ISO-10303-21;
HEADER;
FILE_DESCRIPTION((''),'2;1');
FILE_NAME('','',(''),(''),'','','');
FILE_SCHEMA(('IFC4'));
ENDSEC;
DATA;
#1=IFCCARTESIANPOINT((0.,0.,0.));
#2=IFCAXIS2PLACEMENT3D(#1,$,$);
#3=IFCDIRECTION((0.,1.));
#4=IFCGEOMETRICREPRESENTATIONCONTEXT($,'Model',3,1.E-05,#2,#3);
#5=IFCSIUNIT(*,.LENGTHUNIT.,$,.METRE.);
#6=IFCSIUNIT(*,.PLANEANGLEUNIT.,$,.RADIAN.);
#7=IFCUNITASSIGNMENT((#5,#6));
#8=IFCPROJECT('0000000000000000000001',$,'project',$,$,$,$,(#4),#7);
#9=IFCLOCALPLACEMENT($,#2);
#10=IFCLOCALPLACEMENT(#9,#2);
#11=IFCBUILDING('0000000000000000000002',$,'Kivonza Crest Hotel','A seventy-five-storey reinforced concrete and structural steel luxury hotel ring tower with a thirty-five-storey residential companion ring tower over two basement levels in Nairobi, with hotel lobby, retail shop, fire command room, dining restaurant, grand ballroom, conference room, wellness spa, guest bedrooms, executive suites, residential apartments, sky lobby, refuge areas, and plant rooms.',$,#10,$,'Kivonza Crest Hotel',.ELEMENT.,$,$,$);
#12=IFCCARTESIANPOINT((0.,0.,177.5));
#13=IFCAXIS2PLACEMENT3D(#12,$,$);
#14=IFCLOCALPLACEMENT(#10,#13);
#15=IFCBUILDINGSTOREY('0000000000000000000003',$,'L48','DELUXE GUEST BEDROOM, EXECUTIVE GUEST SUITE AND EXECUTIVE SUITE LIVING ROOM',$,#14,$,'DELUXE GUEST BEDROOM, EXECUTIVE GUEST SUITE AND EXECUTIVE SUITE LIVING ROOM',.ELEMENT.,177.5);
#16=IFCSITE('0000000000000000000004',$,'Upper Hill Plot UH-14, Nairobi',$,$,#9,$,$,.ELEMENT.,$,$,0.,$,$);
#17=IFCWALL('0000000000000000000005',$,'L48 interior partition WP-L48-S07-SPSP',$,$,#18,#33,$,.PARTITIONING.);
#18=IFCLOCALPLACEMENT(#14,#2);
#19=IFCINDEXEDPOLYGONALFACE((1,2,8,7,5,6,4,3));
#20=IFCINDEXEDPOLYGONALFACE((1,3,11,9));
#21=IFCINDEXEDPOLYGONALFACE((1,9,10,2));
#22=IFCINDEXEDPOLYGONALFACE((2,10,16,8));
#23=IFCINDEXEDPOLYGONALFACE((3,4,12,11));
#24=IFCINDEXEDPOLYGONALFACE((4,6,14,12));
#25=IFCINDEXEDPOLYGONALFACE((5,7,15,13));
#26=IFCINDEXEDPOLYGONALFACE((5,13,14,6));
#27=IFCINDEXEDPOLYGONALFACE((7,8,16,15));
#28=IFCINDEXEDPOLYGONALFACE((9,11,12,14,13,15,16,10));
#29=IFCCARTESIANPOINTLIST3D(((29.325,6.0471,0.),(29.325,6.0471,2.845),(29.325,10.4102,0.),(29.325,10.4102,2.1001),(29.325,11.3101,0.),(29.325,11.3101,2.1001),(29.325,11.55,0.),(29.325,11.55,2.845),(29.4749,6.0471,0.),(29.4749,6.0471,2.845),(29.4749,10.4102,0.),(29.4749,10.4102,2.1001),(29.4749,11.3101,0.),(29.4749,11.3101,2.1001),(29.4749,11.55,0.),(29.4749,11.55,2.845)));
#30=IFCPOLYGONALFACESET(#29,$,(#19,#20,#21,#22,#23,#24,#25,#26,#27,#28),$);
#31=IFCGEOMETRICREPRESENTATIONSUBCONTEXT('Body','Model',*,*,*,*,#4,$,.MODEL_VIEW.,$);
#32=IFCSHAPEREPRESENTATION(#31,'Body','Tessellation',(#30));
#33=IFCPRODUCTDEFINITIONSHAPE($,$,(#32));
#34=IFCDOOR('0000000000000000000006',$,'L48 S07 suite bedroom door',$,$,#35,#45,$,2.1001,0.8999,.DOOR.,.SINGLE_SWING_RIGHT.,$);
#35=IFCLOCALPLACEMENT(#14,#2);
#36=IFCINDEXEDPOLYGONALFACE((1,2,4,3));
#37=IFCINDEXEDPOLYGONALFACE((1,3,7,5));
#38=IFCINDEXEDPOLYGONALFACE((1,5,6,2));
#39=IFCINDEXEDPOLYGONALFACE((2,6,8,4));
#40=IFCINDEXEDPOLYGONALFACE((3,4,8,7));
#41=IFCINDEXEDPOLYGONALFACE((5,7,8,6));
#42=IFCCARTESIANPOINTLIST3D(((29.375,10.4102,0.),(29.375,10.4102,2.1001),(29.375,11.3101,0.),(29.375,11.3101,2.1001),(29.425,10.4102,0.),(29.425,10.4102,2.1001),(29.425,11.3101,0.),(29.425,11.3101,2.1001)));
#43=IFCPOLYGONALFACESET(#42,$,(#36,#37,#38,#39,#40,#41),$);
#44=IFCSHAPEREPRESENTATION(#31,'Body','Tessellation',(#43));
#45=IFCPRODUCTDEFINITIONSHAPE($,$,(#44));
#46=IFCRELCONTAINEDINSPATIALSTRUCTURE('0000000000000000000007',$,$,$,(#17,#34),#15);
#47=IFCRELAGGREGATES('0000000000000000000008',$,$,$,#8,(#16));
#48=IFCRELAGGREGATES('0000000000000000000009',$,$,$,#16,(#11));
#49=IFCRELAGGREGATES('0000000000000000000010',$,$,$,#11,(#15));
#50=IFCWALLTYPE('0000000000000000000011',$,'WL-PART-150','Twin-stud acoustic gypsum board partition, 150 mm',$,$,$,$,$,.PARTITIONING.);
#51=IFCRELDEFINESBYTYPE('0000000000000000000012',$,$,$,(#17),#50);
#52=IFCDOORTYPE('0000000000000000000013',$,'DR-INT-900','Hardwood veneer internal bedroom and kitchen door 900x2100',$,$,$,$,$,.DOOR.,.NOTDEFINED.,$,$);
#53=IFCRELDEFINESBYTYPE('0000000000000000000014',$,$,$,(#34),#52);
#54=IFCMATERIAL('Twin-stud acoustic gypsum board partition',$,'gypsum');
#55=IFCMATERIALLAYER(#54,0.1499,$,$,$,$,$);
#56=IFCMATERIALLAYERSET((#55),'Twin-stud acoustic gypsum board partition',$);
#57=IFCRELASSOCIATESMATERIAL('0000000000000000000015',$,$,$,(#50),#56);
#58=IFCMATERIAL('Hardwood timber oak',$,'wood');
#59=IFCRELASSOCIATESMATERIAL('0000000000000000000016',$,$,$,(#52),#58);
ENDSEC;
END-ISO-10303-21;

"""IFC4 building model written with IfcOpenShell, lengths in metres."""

from ifc_helpers import new_model, si_unit, direction, frame, frame_2d, origin, place, context, subcontext, project, spatial, rectangle, extrude, material, layer, layer_set, type_object, element, fill, save


model = new_model("IFC4")

# Units and contexts
model_context = context("Model", 3, precision=1e-05, world=origin(), true_north=direction((0.0, 1.0)))
body_context = subcontext(model_context, "Body", "Model", "MODEL_VIEW")
ifc_project = project(units=[si_unit("LENGTHUNIT", "METRE"), si_unit("PLANEANGLEUNIT", "RADIAN")], contexts=[model_context])

# Site, building, storey
site_placement = place(None, origin())
site = spatial("IfcSite", under=ifc_project, at=site_placement, Name="Upper Hill Plot UH-14, Nairobi", CompositionType="ELEMENT", RefElevation=0.0)
building_placement = place(site_placement, origin())
building = spatial("IfcBuilding", under=site, at=building_placement, Name="Kivonza Crest Hotel", Description="A seventy-five-storey reinforced concrete and structural steel luxury hotel ring tower with a thirty-five-storey residential companion ring tower over two basement levels in Nairobi, with hotel lobby, retail shop, fire command room, dining restaurant, grand ballroom, conference room, wellness spa, guest bedrooms, executive suites, residential apartments, sky lobby, refuge areas, and plant rooms.", LongName="Kivonza Crest Hotel", CompositionType="ELEMENT")
storey_placement = place(building_placement, frame((0.0, 0.0, 177.5)))
storey = spatial("IfcBuildingStorey", under=building, at=storey_placement, Name="L48", Description="DELUXE GUEST BEDROOM, EXECUTIVE GUEST SUITE AND EXECUTIVE SUITE LIVING ROOM", LongName="DELUXE GUEST BEDROOM, EXECUTIVE GUEST SUITE AND EXECUTIVE SUITE LIVING ROOM", CompositionType="ELEMENT", Elevation=177.5)

# Wall, opening, door
ifc_material_1 = material(Name="Twin-stud acoustic gypsum board partition", Category="gypsum")
ifc_layer_1 = layer(ifc_material_1, 0.1499)
ifc_layer_set_1 = layer_set([ifc_layer_1], Name="Twin-stud acoustic gypsum board partition")
wall_type_1 = type_object("IfcWallType", Name="WL-PART-150", Description="Twin-stud acoustic gypsum board partition, 150 mm", PredefinedType="PARTITIONING", material=ifc_layer_set_1)
wall_1_placement = place(storey_placement, frame((29.3999, 6.0471, 0.0), z_axis=(0.0, 0.0, 1.0), x_axis=(0.0, 1.0, 0.0)))
wall_1 = element("IfcWall", 1, at=wall_1_placement, inside=storey, type_object=wall_type_1, Name="L48 interior partition WP-L48-S07-SPSP", PredefinedType="PARTITIONING", context=body_context, shape_type="SweptSolid", body=[
    extrude(rectangle(XDim=5.5029, YDim=0.1499, at=frame_2d((2.7515, 0.0))), origin(), (0.0, 0.0, 1.0), 2.845),
])
opening_1_placement = place(wall_1_placement, frame((4.363, 0.0, 0.0)))
opening_1 = element("IfcOpeningElement", 2, at=opening_1_placement, cuts=wall_1, PredefinedType="OPENING", context=body_context, shape_type="SweptSolid", body=[
    extrude(rectangle(XDim=0.8999, YDim=2.1001, at=frame_2d((0.45, 1.05))), frame((0.0, 0.085, 0.0), z_axis=(0.0, -1.0, 0.0), x_axis=(1.0, 0.0, 0.0)), (0.0, 0.0, 1.0), 0.1699),
])
ifc_material_2 = material(Name="Hardwood timber oak", Category="wood")
door_type = type_object("IfcDoorType", Name="DR-INT-900", Description="Hardwood veneer internal bedroom and kitchen door 900x2100", OperationType="NOTDEFINED", PredefinedType="DOOR", material=ifc_material_2)
door_placement = place(opening_1_placement, origin())
door = element("IfcDoor", 3, at=door_placement, inside=storey, type_object=door_type, Name="L48 S07 suite bedroom door", OperationType="SINGLE_SWING_RIGHT", OverallHeight=2.1001, OverallWidth=0.8999, PredefinedType="DOOR", context=body_context, shape_type="SweptSolid", body=[
    extrude(rectangle(XDim=0.8999, YDim=2.1001, at=frame_2d((0.45, 1.05))), frame((0.0, 0.0249, 0.0), z_axis=(0.0, -1.0, 0.0), x_axis=(1.0, 0.0, 0.0)), (0.0, 0.0, 1.0), 0.05),
])
fill(opening_1, door)

save(model, "model.ifc")
